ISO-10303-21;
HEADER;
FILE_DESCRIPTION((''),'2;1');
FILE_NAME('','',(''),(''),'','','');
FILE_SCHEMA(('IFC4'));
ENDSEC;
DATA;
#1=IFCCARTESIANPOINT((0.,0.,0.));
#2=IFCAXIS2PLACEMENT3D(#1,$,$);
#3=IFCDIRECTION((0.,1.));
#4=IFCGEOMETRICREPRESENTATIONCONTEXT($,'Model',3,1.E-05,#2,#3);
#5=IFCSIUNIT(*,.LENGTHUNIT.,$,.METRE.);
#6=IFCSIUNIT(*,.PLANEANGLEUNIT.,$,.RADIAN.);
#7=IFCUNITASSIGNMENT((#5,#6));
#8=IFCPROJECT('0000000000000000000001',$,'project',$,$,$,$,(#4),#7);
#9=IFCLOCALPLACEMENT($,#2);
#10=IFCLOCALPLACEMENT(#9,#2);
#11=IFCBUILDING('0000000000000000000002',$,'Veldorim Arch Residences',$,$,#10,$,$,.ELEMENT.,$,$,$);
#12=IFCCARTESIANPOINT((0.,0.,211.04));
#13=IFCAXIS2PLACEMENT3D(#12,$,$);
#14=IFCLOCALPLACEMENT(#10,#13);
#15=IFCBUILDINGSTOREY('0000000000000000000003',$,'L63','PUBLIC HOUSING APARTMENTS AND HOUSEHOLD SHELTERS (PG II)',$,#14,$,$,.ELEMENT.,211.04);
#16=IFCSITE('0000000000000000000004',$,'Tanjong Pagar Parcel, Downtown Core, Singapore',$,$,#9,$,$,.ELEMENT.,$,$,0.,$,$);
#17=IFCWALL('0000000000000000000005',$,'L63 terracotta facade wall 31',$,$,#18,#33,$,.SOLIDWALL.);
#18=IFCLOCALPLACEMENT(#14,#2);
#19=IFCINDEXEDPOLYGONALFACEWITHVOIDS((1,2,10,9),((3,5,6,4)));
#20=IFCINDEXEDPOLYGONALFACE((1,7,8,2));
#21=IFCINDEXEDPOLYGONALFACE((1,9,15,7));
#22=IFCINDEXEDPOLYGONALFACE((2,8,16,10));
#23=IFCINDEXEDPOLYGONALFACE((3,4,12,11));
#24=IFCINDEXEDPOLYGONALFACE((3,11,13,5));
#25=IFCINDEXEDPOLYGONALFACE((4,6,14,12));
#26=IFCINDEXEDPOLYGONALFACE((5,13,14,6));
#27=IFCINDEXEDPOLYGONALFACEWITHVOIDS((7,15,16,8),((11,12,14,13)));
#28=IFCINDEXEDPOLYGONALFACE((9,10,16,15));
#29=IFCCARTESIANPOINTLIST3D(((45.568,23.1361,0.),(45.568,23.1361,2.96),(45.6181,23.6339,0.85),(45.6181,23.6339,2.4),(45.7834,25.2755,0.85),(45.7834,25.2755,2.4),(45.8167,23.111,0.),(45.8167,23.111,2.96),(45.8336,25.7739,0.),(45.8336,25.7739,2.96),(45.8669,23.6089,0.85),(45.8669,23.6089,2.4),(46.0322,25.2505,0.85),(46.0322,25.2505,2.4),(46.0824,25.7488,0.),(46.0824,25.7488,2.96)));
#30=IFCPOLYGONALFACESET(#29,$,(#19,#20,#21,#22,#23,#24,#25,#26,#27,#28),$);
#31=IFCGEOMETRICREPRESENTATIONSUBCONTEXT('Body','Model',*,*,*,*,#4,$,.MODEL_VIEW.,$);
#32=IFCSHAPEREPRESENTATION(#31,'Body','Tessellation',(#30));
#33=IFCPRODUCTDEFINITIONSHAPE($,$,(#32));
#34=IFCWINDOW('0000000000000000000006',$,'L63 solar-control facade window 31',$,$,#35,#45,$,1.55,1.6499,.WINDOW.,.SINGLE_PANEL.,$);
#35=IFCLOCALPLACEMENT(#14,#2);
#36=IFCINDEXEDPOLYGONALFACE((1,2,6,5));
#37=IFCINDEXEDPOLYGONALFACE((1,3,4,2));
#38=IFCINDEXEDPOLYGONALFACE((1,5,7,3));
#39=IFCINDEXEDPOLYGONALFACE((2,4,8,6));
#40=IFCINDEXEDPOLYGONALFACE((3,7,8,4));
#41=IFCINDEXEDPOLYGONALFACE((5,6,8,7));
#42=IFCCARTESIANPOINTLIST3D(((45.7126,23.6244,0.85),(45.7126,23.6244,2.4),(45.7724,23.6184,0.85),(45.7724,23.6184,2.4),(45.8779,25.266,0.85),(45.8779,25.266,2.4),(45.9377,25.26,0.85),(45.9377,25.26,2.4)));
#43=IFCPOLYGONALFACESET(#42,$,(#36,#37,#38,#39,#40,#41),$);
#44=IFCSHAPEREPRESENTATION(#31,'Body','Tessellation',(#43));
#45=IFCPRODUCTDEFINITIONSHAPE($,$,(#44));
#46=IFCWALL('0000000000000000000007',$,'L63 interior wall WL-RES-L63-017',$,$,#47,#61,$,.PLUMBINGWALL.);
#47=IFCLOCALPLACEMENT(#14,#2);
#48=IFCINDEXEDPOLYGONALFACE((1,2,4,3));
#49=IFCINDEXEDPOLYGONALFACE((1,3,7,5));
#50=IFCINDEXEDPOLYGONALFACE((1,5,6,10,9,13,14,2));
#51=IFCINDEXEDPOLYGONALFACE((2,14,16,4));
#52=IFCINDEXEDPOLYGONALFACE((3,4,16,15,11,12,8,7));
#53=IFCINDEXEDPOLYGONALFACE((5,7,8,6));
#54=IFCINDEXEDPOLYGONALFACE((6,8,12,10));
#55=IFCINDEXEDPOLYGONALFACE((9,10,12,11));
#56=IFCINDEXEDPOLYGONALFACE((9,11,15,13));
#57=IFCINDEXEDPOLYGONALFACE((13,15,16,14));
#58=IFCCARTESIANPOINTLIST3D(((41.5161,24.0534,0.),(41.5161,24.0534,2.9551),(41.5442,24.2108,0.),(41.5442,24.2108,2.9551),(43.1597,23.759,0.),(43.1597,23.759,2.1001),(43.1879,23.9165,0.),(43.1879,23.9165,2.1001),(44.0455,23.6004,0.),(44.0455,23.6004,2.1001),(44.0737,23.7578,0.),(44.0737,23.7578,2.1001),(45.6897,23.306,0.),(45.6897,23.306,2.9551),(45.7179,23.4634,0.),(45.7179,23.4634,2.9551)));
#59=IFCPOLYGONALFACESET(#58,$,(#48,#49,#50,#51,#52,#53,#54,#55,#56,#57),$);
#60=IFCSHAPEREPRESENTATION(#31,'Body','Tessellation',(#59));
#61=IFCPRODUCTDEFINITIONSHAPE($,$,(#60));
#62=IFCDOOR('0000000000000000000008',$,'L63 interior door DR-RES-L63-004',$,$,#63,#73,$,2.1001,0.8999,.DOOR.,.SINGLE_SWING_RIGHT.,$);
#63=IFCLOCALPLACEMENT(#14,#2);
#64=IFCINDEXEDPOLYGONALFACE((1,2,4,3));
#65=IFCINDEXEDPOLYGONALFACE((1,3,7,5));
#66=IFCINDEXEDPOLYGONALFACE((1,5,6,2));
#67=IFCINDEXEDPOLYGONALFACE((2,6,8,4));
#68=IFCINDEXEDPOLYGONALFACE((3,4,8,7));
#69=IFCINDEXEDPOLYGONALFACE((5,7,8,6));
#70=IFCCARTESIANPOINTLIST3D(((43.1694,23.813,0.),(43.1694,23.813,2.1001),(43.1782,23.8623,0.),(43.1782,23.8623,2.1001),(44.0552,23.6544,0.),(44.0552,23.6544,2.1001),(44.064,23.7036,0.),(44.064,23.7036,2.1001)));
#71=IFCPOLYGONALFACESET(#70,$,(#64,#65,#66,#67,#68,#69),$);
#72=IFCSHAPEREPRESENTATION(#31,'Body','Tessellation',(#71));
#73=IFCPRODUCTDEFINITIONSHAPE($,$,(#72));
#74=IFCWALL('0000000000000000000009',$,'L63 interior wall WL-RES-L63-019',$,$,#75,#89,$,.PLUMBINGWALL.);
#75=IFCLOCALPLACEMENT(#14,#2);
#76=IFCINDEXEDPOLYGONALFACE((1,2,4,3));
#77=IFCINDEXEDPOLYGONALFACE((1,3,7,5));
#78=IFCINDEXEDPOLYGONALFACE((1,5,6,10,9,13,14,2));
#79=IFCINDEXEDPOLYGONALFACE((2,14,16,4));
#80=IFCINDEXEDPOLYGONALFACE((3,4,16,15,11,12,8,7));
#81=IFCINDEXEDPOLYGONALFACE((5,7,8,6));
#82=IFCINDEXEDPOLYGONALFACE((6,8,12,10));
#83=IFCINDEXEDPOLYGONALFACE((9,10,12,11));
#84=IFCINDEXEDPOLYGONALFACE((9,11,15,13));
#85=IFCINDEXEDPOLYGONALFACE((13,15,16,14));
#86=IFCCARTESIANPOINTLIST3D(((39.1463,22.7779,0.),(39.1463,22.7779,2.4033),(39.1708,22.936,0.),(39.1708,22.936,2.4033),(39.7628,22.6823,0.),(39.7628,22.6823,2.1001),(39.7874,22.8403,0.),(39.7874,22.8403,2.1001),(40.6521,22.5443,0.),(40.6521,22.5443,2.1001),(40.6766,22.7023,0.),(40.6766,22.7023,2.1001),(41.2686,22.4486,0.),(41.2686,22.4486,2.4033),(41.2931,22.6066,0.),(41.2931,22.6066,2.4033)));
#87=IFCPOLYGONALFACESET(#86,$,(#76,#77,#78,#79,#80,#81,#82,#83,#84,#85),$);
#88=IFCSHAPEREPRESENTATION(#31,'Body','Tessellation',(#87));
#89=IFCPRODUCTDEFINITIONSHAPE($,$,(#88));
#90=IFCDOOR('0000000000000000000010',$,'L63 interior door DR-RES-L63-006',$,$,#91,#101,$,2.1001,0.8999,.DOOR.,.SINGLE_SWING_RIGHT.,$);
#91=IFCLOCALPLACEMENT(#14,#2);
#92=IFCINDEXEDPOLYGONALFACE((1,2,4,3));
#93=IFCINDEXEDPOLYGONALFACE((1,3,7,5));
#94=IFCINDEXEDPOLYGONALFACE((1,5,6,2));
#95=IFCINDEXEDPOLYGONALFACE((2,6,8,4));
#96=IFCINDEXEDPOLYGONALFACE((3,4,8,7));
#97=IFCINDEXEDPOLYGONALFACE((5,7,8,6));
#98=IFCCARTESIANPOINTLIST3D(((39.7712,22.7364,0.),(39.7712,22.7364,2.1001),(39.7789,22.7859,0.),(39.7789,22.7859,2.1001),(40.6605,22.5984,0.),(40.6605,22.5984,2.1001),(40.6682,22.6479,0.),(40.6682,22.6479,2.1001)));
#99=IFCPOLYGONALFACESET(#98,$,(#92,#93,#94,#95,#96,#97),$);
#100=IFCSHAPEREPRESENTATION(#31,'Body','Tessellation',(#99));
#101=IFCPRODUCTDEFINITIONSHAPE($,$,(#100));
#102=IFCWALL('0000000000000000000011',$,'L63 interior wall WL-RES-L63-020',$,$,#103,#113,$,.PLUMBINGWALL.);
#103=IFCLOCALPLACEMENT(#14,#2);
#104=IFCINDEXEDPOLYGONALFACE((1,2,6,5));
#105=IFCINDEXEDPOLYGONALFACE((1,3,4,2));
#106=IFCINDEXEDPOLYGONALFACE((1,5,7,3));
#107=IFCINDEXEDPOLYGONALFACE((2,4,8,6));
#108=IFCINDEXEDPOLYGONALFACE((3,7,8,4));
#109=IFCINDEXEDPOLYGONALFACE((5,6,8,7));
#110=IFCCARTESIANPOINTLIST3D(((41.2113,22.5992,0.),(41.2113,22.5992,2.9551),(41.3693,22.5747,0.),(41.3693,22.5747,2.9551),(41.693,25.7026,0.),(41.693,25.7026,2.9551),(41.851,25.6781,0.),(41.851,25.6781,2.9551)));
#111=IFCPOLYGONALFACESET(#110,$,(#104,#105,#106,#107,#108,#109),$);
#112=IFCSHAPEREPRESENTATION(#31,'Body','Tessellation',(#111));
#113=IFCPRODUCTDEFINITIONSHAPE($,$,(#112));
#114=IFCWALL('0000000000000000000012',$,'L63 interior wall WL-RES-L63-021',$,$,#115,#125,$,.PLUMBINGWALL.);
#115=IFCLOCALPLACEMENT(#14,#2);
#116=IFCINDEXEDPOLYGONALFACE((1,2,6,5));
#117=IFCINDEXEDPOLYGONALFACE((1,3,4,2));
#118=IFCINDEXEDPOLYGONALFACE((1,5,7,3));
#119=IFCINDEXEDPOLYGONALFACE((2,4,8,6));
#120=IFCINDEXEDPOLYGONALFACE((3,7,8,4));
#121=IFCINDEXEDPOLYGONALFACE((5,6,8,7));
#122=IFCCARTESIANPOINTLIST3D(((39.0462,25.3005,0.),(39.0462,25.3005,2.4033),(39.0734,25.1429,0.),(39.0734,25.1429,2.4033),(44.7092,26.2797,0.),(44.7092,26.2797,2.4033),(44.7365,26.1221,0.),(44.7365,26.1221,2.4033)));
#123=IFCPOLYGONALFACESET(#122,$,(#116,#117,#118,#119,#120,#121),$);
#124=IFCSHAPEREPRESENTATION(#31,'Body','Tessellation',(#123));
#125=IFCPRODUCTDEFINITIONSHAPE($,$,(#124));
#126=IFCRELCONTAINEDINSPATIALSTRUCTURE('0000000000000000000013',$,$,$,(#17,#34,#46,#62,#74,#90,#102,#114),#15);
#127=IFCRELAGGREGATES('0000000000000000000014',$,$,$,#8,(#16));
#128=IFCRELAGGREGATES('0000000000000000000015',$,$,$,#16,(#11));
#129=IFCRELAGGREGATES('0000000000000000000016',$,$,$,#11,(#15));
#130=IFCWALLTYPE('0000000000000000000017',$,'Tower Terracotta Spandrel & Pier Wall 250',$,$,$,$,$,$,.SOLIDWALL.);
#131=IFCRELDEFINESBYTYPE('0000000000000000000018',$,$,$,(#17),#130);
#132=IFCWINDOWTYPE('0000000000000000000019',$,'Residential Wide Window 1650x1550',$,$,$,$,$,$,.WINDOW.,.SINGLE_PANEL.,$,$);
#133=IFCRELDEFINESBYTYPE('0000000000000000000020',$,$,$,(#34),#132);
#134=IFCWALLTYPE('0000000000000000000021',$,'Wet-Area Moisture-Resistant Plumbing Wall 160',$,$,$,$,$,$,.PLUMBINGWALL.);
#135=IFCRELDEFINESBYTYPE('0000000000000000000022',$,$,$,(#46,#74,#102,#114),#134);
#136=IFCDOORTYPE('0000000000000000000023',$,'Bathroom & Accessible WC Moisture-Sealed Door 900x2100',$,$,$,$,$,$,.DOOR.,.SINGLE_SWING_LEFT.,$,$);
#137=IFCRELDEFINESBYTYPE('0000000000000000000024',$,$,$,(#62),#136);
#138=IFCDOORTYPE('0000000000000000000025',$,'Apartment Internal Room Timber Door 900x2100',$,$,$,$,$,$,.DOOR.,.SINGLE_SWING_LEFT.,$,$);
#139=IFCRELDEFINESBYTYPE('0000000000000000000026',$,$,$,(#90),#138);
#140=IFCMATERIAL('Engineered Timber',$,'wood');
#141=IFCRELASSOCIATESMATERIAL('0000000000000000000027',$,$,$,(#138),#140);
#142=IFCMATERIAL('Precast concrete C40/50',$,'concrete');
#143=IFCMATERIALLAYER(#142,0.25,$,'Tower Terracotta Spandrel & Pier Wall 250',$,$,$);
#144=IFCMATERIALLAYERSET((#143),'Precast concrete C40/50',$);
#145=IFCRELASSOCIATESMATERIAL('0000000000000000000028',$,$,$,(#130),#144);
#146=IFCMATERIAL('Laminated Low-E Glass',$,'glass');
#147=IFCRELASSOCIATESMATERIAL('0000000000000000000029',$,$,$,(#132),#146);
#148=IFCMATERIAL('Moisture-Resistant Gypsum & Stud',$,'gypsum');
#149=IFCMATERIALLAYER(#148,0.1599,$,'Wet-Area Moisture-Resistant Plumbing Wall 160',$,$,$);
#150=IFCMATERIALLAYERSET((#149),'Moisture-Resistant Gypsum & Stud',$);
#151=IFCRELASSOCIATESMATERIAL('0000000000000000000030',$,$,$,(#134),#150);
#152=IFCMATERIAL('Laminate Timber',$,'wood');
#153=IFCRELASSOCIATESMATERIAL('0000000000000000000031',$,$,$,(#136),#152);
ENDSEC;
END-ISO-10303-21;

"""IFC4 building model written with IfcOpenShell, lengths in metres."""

from ifc_helpers import new_model, si_unit, direction, frame, frame_2d, origin, place, context, subcontext, project, spatial, rectangle, extrude, material, layer, layer_set, type_object, element, fill, save


model = new_model("IFC4")

# Units and contexts
model_context = context("Model", 3, precision=1e-05, world=origin(), true_north=direction((0.0, 1.0)))
body_context = subcontext(model_context, "Body", "Model", "MODEL_VIEW")
ifc_project = project(units=[si_unit("LENGTHUNIT", "METRE"), si_unit("PLANEANGLEUNIT", "RADIAN")], contexts=[model_context])

# Site, building, storey
site_placement = place(None, origin())
site = spatial("IfcSite", under=ifc_project, at=site_placement, Name="Tanjong Pagar Parcel, Downtown Core, Singapore", CompositionType="ELEMENT", RefElevation=0.0)
building_placement = place(site_placement, origin())
building = spatial("IfcBuilding", under=site, at=building_placement, Name="Veldorim Arch Residences", CompositionType="ELEMENT")
storey_placement = place(building_placement, frame((0.0, 0.0, 211.04)))
storey = spatial("IfcBuildingStorey", under=building, at=storey_placement, Name="L63", Description="PUBLIC HOUSING APARTMENTS AND HOUSEHOLD SHELTERS (PG II)", CompositionType="ELEMENT", Elevation=211.04)

# Shared definitions
ifc_material_1 = material(Name="Engineered Timber", Category="wood")
door_type_1 = type_object("IfcDoorType", Name="Apartment Internal Room Timber Door 900x2100", OperationType="SINGLE_SWING_LEFT", PredefinedType="DOOR", material=ifc_material_1)

# Shared definitions
ifc_material_2 = material(Name="Precast concrete C40/50", Category="concrete")
ifc_layer_1 = layer(ifc_material_2, 0.25, Name="Tower Terracotta Spandrel & Pier Wall 250")
ifc_layer_set_1 = layer_set([ifc_layer_1], Name="Precast concrete C40/50")
wall_type_1 = type_object("IfcWallType", Name="Tower Terracotta Spandrel & Pier Wall 250", PredefinedType="SOLIDWALL", material=ifc_layer_set_1)

# Wall, opening, window
wall_1_placement = place(storey_placement, frame((45.958, 25.7615, 0.0), z_axis=(0.0, 0.0, 1.0), x_axis=(-0.100197, -0.994968, 0.0)))
wall_1 = element("IfcWall", 1, at=wall_1_placement, inside=storey, type_object=wall_type_1, Name="L63 terracotta facade wall 31", PredefinedType="SOLIDWALL", context=body_context, shape_type="SweptSolid", body=[
    extrude(rectangle(XDim=2.6511, YDim=0.25, at=frame_2d((1.3257, 0.0))), origin(), (0.0, 0.0, 1.0), 2.96),
])
opening_1_placement = place(wall_1_placement, frame((0.501, 0.0, 0.8501)))
opening_1 = element("IfcOpeningElement", 2, at=opening_1_placement, cuts=wall_1, PredefinedType="OPENING", context=body_context, shape_type="SweptSolid", body=[
    extrude(rectangle(XDim=1.6499, YDim=1.55, at=frame_2d((0.825, 0.7749))), frame((0.0, 0.135, 0.0), z_axis=(0.0, -1.0, 0.0), x_axis=(1.0, 0.0, 0.0)), (0.0, 0.0, 1.0), 0.27),
])
ifc_material_3 = material(Name="Laminated Low-E Glass", Category="glass")
window_type = type_object("IfcWindowType", Name="Residential Wide Window 1650x1550", PartitioningType="SINGLE_PANEL", PredefinedType="WINDOW", material=ifc_material_3)
window_placement = place(opening_1_placement, origin())
window = element("IfcWindow", 3, at=window_placement, inside=storey, type_object=window_type, Name="L63 solar-control facade window 31", OverallHeight=1.55, OverallWidth=1.6499, PartitioningType="SINGLE_PANEL", PredefinedType="WINDOW", context=body_context, shape_type="SweptSolid", body=[
    extrude(rectangle(XDim=1.6499, YDim=1.55, at=frame_2d((0.825, 0.7749))), frame((0.0, 0.03, 0.0), z_axis=(0.0, -1.0, 0.0), x_axis=(1.0, 0.0, 0.0)), (0.0, 0.0, 1.0), 0.0601),
])
fill(opening_1, window)

# Walls, openings, doors
ifc_material_4 = material(Name="Moisture-Resistant Gypsum & Stud", Category="gypsum")
ifc_layer_2 = layer(ifc_material_4, 0.1599, Name="Wet-Area Moisture-Resistant Plumbing Wall 160")
ifc_layer_set_2 = layer_set([ifc_layer_2], Name="Moisture-Resistant Gypsum & Stud")
wall_type_2 = type_object("IfcWallType", Name="Wet-Area Moisture-Resistant Plumbing Wall 160", PredefinedType="PLUMBINGWALL", material=ifc_layer_set_2)
wall_2_placement = place(storey_placement, frame((41.53, 24.1321, 0.0), z_axis=(0.0, 0.0, 1.0), x_axis=(0.984345, -0.176255, 0.0)))
wall_2 = element("IfcWall", 4, at=wall_2_placement, inside=storey, type_object=wall_type_2, Name="L63 interior wall WL-RES-L63-017", PredefinedType="PLUMBINGWALL", context=body_context, shape_type="SweptSolid", body=[
    extrude(rectangle(XDim=4.24, YDim=0.1599, at=frame_2d((2.1201, 0.0))), origin(), (0.0, 0.0, 1.0), 2.9551),
])
opening_2_placement = place(wall_2_placement, frame((1.6699, 0.0, 0.0)))
opening_2 = element("IfcOpeningElement", 5, at=opening_2_placement, cuts=wall_2, PredefinedType="OPENING", context=body_context, shape_type="SweptSolid", body=[
    extrude(rectangle(XDim=0.8999, YDim=2.1001, at=frame_2d((0.45, 1.05))), frame((0.0, 0.0898, 0.0), z_axis=(0.0, -1.0, 0.0), x_axis=(1.0, 0.0, 0.0)), (0.0, 0.0, 1.0), 0.1799),
])
ifc_material_5 = material(Name="Laminate Timber", Category="wood")
door_type_2 = type_object("IfcDoorType", Name="Bathroom & Accessible WC Moisture-Sealed Door 900x2100", OperationType="SINGLE_SWING_LEFT", PredefinedType="DOOR", material=ifc_material_5)
door_1_placement = place(opening_2_placement, origin())
door_1 = element("IfcDoor", 6, at=door_1_placement, inside=storey, type_object=door_type_2, Name="L63 interior door DR-RES-L63-004", OperationType="SINGLE_SWING_RIGHT", OverallHeight=2.1001, OverallWidth=0.8999, PredefinedType="DOOR", context=body_context, shape_type="SweptSolid", body=[
    extrude(rectangle(XDim=0.8999, YDim=2.1001, at=frame_2d((0.45, 1.05))), frame((0.0, 0.0249, 0.0), z_axis=(0.0, -1.0, 0.0), x_axis=(1.0, 0.0, 0.0)), (0.0, 0.0, 1.0), 0.05),
])
fill(opening_2, door_1)
wall_3_placement = place(storey_placement, frame((39.1587, 22.8569, 0.0), z_axis=(0.0, 0.0, 1.0), x_axis=(0.988172, -0.153347, 0.0)))
wall_3 = element("IfcWall", 7, at=wall_3_placement, inside=storey, type_object=wall_type_2, Name="L63 interior wall WL-RES-L63-019", PredefinedType="PLUMBINGWALL", context=body_context, shape_type="SweptSolid", body=[
    extrude(rectangle(XDim=2.1477, YDim=0.1599, at=frame_2d((1.0737, 0.0))), origin(), (0.0, 0.0, 1.0), 2.4033),
])
opening_3_placement = place(wall_3_placement, frame((0.6238, 0.0, 0.0)))
opening_3 = element("IfcOpeningElement", 8, at=opening_3_placement, cuts=wall_3, PredefinedType="OPENING", context=body_context, shape_type="SweptSolid", body=[
    extrude(rectangle(XDim=0.8999, YDim=2.1001, at=frame_2d((0.45, 1.05))), frame((0.0, 0.0898, 0.0), z_axis=(0.0, -1.0, 0.0), x_axis=(1.0, 0.0, 0.0)), (0.0, 0.0, 1.0), 0.1799),
])
door_2_placement = place(opening_3_placement, origin())
door_2 = element("IfcDoor", 9, at=door_2_placement, inside=storey, type_object=door_type_1, Name="L63 interior door DR-RES-L63-006", OperationType="SINGLE_SWING_RIGHT", OverallHeight=2.1001, OverallWidth=0.8999, PredefinedType="DOOR", context=body_context, shape_type="SweptSolid", body=[
    extrude(rectangle(XDim=0.8999, YDim=2.1001, at=frame_2d((0.45, 1.05))), frame((0.0, 0.0249, 0.0), z_axis=(0.0, -1.0, 0.0), x_axis=(1.0, 0.0, 0.0)), (0.0, 0.0, 1.0), 0.05),
])
fill(opening_3, door_2)

# Walls
wall_4_placement = place(storey_placement, frame((41.2903, 22.5869, 0.0), z_axis=(0.0, 0.0, 1.0), x_axis=(0.153371, 0.988169, 0.0)))
element("IfcWall", 10, at=wall_4_placement, inside=storey, type_object=wall_type_2, Name="L63 interior wall WL-RES-L63-020", PredefinedType="PLUMBINGWALL", context=body_context, shape_type="SweptSolid", body=[
    extrude(rectangle(XDim=3.1406, YDim=0.1599, at=frame_2d((1.5703, 0.0))), origin(), (0.0, 0.0, 1.0), 2.9551),
])
wall_5_placement = place(storey_placement, frame((39.0598, 25.2217, 0.0), z_axis=(0.0, 0.0, 1.0), x_axis=(0.985377, 0.170389, 0.0)))
element("IfcWall", 11, at=wall_5_placement, inside=storey, type_object=wall_type_2, Name="L63 interior wall WL-RES-L63-021", PredefinedType="PLUMBINGWALL", context=body_context, shape_type="SweptSolid", body=[
    extrude(rectangle(XDim=5.7471, YDim=0.1599, at=frame_2d((2.8735, 0.0))), origin(), (0.0, 0.0, 1.0), 2.4033),
])

save(model, "model.ifc")
